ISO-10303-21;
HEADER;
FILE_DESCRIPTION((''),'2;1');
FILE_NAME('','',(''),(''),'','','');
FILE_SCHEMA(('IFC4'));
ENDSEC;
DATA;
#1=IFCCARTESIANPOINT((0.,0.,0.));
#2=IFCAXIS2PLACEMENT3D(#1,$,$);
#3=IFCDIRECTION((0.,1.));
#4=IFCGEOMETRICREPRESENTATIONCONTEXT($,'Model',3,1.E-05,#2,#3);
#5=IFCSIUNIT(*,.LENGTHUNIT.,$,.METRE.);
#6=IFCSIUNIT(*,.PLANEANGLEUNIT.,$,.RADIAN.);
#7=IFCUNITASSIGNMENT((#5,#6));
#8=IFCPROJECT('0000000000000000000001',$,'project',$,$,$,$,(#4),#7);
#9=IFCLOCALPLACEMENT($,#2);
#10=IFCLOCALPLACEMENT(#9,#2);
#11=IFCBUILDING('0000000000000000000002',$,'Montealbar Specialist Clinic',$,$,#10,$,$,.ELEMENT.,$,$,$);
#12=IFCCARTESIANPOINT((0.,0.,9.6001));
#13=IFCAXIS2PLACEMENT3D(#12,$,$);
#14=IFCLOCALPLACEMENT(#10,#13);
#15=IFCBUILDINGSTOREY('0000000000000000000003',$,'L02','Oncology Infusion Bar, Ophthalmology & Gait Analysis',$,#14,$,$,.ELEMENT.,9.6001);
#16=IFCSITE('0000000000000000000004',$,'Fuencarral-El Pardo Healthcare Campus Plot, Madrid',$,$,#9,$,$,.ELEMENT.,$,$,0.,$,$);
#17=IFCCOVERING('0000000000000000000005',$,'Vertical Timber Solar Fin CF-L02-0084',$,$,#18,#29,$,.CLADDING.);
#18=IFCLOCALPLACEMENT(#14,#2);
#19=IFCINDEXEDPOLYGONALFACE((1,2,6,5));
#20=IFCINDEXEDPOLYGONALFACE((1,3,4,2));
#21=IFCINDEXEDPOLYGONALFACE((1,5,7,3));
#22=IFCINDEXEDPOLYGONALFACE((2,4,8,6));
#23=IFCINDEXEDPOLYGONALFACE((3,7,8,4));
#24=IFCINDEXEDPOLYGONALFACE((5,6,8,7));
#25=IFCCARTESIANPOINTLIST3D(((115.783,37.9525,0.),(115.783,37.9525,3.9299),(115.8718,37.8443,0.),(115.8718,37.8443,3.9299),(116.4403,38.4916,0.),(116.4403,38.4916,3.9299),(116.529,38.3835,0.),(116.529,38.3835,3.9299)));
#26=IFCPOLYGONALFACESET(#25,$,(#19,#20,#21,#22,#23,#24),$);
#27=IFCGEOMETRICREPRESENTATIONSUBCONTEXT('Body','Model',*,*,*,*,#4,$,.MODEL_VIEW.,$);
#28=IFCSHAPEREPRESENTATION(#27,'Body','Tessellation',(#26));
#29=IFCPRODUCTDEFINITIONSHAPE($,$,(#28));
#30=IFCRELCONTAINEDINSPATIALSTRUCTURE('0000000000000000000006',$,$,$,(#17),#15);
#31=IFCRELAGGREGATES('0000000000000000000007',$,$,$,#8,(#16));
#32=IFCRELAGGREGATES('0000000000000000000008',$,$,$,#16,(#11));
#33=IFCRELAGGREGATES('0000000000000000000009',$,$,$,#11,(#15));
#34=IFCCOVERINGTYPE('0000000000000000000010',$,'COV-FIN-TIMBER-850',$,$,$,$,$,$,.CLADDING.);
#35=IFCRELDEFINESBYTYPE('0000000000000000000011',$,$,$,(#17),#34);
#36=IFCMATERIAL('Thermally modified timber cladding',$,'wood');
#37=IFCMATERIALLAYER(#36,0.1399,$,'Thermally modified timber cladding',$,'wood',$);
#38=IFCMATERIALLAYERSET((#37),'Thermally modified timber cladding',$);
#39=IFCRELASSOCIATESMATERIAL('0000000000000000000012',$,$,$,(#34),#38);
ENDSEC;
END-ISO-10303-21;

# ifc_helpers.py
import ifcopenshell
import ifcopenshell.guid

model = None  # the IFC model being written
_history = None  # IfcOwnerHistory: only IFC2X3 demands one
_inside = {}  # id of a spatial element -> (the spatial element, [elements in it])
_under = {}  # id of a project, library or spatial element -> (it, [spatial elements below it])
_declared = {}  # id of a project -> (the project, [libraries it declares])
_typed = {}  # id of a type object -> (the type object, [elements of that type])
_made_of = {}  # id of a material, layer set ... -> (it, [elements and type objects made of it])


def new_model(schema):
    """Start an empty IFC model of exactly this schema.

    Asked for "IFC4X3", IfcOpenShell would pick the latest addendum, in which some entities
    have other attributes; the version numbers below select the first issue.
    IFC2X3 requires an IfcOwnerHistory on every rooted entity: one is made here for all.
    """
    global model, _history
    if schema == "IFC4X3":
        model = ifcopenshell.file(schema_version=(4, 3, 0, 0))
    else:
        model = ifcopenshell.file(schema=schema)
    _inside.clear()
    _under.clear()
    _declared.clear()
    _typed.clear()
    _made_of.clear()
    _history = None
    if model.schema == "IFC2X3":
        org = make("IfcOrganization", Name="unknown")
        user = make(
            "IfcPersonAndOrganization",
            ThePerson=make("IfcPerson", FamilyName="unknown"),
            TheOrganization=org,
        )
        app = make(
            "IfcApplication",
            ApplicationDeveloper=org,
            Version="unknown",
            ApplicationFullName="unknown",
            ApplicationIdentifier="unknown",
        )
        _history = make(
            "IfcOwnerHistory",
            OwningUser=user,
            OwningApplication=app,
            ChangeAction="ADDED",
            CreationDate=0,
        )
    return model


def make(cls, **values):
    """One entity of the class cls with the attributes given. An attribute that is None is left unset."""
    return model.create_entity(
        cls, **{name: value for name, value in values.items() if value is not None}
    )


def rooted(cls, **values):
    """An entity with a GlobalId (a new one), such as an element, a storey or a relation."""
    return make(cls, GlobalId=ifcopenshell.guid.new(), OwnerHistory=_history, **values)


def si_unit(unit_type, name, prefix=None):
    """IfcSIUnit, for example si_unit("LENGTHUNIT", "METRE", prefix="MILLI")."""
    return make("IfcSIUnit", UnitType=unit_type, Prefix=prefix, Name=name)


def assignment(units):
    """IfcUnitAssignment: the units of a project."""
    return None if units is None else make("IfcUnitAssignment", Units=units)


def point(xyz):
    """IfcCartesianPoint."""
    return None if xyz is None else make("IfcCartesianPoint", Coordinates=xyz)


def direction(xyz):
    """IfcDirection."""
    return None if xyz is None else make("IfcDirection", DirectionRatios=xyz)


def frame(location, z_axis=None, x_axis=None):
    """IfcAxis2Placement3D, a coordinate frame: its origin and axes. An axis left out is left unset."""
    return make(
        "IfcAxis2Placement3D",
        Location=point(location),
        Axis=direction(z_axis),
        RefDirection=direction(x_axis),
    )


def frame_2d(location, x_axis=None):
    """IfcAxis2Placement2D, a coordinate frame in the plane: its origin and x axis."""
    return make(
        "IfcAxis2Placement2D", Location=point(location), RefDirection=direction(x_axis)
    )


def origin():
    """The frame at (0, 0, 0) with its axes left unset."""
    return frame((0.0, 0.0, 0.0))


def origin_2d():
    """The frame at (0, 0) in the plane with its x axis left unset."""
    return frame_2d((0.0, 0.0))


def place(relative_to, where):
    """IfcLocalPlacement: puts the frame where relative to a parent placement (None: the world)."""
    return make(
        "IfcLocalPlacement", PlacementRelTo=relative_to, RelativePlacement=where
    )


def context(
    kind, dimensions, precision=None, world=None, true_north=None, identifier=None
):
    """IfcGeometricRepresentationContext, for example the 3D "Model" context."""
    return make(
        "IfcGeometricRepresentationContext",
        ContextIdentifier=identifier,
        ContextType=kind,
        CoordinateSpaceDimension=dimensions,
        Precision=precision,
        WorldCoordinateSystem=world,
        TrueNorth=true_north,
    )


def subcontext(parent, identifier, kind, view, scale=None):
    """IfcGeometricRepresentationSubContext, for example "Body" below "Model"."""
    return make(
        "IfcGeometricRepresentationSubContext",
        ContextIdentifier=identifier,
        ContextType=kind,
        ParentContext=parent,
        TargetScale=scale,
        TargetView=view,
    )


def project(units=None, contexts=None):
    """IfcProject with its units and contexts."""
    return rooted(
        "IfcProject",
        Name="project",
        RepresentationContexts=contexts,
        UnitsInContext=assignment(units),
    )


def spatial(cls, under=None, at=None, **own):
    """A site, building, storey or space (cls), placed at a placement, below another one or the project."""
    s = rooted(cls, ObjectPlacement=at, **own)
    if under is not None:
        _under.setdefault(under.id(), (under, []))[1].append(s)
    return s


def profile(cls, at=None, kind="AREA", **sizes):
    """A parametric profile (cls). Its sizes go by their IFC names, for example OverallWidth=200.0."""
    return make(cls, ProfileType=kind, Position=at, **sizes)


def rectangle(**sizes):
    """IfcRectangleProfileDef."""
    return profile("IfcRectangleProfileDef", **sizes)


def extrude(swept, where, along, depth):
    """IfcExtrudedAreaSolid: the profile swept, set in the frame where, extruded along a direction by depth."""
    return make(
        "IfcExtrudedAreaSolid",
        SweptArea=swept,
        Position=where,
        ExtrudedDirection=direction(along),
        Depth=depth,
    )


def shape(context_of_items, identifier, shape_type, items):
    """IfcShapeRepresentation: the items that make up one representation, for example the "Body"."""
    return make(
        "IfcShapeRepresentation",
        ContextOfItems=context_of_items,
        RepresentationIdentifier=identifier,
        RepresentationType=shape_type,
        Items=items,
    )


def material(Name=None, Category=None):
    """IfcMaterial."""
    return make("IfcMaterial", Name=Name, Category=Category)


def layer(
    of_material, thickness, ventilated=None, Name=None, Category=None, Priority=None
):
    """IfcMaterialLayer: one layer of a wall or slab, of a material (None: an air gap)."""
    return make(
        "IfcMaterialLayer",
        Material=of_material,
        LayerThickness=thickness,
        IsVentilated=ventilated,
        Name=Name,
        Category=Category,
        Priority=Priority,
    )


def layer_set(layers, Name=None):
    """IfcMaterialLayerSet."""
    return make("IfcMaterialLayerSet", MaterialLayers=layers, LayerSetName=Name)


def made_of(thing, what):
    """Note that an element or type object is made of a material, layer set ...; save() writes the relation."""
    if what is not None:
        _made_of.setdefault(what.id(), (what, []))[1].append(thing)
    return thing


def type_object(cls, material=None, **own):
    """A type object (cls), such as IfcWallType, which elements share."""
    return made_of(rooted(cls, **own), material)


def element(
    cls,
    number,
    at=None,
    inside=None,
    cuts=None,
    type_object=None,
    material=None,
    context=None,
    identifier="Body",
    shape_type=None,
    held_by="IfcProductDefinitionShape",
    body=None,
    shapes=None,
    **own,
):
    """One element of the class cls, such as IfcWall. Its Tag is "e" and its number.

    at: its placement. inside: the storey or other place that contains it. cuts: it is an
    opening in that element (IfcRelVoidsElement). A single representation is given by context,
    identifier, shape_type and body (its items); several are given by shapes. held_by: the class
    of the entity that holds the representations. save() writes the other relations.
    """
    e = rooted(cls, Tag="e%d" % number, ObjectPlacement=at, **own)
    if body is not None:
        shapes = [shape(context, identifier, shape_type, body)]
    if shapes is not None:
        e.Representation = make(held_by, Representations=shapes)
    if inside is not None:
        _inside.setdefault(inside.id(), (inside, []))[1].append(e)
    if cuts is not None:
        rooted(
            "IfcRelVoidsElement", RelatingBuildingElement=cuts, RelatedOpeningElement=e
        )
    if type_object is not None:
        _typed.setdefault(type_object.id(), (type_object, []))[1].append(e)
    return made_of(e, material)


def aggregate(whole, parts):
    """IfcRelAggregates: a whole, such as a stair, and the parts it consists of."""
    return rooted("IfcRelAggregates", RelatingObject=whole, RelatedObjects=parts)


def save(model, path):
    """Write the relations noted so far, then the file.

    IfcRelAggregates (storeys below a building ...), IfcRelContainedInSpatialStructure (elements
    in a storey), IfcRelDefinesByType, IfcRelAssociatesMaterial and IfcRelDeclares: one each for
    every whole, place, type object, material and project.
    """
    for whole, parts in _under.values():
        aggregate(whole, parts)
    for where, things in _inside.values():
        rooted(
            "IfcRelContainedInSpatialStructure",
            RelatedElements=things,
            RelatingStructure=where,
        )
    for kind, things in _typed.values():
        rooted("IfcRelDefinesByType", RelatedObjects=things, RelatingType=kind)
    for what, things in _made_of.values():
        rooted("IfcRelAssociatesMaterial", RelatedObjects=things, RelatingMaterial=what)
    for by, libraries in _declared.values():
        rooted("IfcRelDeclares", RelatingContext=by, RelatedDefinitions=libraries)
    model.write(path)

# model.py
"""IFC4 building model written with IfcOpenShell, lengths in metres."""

from ifc_helpers import new_model, si_unit, direction, frame, origin, origin_2d, place, context, subcontext, project, spatial, rectangle, extrude, material, layer, layer_set, type_object, element, save


model = new_model("IFC4")

# Units and contexts
model_context = context("Model", 3, precision=1e-05, world=origin(), true_north=direction((0.0, 1.0)))
body_context = subcontext(model_context, "Body", "Model", "MODEL_VIEW")
ifc_project = project(units=[si_unit("LENGTHUNIT", "METRE"), si_unit("PLANEANGLEUNIT", "RADIAN")], contexts=[model_context])

# Site, building, storey
site_placement = place(None, origin())
site = spatial("IfcSite", under=ifc_project, at=site_placement, Name="Fuencarral-El Pardo Healthcare Campus Plot, Madrid", CompositionType="ELEMENT", RefElevation=0.0)
building_placement = place(site_placement, origin())
building = spatial("IfcBuilding", under=site, at=building_placement, Name="Montealbar Specialist Clinic", CompositionType="ELEMENT")
storey_placement = place(building_placement, frame((0.0, 0.0, 9.6001)))
storey = spatial("IfcBuildingStorey", under=building, at=storey_placement, Name="L02", Description="Oncology Infusion Bar, Ophthalmology & Gait Analysis", CompositionType="ELEMENT", Elevation=9.6001)

# Covering
ifc_material_1 = material(Name="Thermally modified timber cladding", Category="wood")
ifc_layer_1 = layer(ifc_material_1, 0.1399, Name="Thermally modified timber cladding", Category="wood")
ifc_layer_set_1 = layer_set([ifc_layer_1], Name="Thermally modified timber cladding")
covering_type = type_object("IfcCoveringType", Name="COV-FIN-TIMBER-850", PredefinedType="CLADDING", material=ifc_layer_set_1)
for number, where, z_axis, x_axis, name in (
    (1, (116.156, 38.168, 0.0), (0.0, 0.0, 1.0), (0.773123, 0.634256, 0.0), "Vertical Timber Solar Fin CF-L02-0084"),
):
    element("IfcCovering", number, at=place(storey_placement, frame(where, z_axis=z_axis, x_axis=x_axis)), inside=storey, type_object=covering_type, Name=name, PredefinedType="CLADDING", context=body_context, shape_type="SweptSolid", body=[
        extrude(rectangle(XDim=0.8501, YDim=0.1399, at=origin_2d()), origin(), (0.0, 0.0, 1.0), 3.9299),
    ])

save(model, "model.ifc")
